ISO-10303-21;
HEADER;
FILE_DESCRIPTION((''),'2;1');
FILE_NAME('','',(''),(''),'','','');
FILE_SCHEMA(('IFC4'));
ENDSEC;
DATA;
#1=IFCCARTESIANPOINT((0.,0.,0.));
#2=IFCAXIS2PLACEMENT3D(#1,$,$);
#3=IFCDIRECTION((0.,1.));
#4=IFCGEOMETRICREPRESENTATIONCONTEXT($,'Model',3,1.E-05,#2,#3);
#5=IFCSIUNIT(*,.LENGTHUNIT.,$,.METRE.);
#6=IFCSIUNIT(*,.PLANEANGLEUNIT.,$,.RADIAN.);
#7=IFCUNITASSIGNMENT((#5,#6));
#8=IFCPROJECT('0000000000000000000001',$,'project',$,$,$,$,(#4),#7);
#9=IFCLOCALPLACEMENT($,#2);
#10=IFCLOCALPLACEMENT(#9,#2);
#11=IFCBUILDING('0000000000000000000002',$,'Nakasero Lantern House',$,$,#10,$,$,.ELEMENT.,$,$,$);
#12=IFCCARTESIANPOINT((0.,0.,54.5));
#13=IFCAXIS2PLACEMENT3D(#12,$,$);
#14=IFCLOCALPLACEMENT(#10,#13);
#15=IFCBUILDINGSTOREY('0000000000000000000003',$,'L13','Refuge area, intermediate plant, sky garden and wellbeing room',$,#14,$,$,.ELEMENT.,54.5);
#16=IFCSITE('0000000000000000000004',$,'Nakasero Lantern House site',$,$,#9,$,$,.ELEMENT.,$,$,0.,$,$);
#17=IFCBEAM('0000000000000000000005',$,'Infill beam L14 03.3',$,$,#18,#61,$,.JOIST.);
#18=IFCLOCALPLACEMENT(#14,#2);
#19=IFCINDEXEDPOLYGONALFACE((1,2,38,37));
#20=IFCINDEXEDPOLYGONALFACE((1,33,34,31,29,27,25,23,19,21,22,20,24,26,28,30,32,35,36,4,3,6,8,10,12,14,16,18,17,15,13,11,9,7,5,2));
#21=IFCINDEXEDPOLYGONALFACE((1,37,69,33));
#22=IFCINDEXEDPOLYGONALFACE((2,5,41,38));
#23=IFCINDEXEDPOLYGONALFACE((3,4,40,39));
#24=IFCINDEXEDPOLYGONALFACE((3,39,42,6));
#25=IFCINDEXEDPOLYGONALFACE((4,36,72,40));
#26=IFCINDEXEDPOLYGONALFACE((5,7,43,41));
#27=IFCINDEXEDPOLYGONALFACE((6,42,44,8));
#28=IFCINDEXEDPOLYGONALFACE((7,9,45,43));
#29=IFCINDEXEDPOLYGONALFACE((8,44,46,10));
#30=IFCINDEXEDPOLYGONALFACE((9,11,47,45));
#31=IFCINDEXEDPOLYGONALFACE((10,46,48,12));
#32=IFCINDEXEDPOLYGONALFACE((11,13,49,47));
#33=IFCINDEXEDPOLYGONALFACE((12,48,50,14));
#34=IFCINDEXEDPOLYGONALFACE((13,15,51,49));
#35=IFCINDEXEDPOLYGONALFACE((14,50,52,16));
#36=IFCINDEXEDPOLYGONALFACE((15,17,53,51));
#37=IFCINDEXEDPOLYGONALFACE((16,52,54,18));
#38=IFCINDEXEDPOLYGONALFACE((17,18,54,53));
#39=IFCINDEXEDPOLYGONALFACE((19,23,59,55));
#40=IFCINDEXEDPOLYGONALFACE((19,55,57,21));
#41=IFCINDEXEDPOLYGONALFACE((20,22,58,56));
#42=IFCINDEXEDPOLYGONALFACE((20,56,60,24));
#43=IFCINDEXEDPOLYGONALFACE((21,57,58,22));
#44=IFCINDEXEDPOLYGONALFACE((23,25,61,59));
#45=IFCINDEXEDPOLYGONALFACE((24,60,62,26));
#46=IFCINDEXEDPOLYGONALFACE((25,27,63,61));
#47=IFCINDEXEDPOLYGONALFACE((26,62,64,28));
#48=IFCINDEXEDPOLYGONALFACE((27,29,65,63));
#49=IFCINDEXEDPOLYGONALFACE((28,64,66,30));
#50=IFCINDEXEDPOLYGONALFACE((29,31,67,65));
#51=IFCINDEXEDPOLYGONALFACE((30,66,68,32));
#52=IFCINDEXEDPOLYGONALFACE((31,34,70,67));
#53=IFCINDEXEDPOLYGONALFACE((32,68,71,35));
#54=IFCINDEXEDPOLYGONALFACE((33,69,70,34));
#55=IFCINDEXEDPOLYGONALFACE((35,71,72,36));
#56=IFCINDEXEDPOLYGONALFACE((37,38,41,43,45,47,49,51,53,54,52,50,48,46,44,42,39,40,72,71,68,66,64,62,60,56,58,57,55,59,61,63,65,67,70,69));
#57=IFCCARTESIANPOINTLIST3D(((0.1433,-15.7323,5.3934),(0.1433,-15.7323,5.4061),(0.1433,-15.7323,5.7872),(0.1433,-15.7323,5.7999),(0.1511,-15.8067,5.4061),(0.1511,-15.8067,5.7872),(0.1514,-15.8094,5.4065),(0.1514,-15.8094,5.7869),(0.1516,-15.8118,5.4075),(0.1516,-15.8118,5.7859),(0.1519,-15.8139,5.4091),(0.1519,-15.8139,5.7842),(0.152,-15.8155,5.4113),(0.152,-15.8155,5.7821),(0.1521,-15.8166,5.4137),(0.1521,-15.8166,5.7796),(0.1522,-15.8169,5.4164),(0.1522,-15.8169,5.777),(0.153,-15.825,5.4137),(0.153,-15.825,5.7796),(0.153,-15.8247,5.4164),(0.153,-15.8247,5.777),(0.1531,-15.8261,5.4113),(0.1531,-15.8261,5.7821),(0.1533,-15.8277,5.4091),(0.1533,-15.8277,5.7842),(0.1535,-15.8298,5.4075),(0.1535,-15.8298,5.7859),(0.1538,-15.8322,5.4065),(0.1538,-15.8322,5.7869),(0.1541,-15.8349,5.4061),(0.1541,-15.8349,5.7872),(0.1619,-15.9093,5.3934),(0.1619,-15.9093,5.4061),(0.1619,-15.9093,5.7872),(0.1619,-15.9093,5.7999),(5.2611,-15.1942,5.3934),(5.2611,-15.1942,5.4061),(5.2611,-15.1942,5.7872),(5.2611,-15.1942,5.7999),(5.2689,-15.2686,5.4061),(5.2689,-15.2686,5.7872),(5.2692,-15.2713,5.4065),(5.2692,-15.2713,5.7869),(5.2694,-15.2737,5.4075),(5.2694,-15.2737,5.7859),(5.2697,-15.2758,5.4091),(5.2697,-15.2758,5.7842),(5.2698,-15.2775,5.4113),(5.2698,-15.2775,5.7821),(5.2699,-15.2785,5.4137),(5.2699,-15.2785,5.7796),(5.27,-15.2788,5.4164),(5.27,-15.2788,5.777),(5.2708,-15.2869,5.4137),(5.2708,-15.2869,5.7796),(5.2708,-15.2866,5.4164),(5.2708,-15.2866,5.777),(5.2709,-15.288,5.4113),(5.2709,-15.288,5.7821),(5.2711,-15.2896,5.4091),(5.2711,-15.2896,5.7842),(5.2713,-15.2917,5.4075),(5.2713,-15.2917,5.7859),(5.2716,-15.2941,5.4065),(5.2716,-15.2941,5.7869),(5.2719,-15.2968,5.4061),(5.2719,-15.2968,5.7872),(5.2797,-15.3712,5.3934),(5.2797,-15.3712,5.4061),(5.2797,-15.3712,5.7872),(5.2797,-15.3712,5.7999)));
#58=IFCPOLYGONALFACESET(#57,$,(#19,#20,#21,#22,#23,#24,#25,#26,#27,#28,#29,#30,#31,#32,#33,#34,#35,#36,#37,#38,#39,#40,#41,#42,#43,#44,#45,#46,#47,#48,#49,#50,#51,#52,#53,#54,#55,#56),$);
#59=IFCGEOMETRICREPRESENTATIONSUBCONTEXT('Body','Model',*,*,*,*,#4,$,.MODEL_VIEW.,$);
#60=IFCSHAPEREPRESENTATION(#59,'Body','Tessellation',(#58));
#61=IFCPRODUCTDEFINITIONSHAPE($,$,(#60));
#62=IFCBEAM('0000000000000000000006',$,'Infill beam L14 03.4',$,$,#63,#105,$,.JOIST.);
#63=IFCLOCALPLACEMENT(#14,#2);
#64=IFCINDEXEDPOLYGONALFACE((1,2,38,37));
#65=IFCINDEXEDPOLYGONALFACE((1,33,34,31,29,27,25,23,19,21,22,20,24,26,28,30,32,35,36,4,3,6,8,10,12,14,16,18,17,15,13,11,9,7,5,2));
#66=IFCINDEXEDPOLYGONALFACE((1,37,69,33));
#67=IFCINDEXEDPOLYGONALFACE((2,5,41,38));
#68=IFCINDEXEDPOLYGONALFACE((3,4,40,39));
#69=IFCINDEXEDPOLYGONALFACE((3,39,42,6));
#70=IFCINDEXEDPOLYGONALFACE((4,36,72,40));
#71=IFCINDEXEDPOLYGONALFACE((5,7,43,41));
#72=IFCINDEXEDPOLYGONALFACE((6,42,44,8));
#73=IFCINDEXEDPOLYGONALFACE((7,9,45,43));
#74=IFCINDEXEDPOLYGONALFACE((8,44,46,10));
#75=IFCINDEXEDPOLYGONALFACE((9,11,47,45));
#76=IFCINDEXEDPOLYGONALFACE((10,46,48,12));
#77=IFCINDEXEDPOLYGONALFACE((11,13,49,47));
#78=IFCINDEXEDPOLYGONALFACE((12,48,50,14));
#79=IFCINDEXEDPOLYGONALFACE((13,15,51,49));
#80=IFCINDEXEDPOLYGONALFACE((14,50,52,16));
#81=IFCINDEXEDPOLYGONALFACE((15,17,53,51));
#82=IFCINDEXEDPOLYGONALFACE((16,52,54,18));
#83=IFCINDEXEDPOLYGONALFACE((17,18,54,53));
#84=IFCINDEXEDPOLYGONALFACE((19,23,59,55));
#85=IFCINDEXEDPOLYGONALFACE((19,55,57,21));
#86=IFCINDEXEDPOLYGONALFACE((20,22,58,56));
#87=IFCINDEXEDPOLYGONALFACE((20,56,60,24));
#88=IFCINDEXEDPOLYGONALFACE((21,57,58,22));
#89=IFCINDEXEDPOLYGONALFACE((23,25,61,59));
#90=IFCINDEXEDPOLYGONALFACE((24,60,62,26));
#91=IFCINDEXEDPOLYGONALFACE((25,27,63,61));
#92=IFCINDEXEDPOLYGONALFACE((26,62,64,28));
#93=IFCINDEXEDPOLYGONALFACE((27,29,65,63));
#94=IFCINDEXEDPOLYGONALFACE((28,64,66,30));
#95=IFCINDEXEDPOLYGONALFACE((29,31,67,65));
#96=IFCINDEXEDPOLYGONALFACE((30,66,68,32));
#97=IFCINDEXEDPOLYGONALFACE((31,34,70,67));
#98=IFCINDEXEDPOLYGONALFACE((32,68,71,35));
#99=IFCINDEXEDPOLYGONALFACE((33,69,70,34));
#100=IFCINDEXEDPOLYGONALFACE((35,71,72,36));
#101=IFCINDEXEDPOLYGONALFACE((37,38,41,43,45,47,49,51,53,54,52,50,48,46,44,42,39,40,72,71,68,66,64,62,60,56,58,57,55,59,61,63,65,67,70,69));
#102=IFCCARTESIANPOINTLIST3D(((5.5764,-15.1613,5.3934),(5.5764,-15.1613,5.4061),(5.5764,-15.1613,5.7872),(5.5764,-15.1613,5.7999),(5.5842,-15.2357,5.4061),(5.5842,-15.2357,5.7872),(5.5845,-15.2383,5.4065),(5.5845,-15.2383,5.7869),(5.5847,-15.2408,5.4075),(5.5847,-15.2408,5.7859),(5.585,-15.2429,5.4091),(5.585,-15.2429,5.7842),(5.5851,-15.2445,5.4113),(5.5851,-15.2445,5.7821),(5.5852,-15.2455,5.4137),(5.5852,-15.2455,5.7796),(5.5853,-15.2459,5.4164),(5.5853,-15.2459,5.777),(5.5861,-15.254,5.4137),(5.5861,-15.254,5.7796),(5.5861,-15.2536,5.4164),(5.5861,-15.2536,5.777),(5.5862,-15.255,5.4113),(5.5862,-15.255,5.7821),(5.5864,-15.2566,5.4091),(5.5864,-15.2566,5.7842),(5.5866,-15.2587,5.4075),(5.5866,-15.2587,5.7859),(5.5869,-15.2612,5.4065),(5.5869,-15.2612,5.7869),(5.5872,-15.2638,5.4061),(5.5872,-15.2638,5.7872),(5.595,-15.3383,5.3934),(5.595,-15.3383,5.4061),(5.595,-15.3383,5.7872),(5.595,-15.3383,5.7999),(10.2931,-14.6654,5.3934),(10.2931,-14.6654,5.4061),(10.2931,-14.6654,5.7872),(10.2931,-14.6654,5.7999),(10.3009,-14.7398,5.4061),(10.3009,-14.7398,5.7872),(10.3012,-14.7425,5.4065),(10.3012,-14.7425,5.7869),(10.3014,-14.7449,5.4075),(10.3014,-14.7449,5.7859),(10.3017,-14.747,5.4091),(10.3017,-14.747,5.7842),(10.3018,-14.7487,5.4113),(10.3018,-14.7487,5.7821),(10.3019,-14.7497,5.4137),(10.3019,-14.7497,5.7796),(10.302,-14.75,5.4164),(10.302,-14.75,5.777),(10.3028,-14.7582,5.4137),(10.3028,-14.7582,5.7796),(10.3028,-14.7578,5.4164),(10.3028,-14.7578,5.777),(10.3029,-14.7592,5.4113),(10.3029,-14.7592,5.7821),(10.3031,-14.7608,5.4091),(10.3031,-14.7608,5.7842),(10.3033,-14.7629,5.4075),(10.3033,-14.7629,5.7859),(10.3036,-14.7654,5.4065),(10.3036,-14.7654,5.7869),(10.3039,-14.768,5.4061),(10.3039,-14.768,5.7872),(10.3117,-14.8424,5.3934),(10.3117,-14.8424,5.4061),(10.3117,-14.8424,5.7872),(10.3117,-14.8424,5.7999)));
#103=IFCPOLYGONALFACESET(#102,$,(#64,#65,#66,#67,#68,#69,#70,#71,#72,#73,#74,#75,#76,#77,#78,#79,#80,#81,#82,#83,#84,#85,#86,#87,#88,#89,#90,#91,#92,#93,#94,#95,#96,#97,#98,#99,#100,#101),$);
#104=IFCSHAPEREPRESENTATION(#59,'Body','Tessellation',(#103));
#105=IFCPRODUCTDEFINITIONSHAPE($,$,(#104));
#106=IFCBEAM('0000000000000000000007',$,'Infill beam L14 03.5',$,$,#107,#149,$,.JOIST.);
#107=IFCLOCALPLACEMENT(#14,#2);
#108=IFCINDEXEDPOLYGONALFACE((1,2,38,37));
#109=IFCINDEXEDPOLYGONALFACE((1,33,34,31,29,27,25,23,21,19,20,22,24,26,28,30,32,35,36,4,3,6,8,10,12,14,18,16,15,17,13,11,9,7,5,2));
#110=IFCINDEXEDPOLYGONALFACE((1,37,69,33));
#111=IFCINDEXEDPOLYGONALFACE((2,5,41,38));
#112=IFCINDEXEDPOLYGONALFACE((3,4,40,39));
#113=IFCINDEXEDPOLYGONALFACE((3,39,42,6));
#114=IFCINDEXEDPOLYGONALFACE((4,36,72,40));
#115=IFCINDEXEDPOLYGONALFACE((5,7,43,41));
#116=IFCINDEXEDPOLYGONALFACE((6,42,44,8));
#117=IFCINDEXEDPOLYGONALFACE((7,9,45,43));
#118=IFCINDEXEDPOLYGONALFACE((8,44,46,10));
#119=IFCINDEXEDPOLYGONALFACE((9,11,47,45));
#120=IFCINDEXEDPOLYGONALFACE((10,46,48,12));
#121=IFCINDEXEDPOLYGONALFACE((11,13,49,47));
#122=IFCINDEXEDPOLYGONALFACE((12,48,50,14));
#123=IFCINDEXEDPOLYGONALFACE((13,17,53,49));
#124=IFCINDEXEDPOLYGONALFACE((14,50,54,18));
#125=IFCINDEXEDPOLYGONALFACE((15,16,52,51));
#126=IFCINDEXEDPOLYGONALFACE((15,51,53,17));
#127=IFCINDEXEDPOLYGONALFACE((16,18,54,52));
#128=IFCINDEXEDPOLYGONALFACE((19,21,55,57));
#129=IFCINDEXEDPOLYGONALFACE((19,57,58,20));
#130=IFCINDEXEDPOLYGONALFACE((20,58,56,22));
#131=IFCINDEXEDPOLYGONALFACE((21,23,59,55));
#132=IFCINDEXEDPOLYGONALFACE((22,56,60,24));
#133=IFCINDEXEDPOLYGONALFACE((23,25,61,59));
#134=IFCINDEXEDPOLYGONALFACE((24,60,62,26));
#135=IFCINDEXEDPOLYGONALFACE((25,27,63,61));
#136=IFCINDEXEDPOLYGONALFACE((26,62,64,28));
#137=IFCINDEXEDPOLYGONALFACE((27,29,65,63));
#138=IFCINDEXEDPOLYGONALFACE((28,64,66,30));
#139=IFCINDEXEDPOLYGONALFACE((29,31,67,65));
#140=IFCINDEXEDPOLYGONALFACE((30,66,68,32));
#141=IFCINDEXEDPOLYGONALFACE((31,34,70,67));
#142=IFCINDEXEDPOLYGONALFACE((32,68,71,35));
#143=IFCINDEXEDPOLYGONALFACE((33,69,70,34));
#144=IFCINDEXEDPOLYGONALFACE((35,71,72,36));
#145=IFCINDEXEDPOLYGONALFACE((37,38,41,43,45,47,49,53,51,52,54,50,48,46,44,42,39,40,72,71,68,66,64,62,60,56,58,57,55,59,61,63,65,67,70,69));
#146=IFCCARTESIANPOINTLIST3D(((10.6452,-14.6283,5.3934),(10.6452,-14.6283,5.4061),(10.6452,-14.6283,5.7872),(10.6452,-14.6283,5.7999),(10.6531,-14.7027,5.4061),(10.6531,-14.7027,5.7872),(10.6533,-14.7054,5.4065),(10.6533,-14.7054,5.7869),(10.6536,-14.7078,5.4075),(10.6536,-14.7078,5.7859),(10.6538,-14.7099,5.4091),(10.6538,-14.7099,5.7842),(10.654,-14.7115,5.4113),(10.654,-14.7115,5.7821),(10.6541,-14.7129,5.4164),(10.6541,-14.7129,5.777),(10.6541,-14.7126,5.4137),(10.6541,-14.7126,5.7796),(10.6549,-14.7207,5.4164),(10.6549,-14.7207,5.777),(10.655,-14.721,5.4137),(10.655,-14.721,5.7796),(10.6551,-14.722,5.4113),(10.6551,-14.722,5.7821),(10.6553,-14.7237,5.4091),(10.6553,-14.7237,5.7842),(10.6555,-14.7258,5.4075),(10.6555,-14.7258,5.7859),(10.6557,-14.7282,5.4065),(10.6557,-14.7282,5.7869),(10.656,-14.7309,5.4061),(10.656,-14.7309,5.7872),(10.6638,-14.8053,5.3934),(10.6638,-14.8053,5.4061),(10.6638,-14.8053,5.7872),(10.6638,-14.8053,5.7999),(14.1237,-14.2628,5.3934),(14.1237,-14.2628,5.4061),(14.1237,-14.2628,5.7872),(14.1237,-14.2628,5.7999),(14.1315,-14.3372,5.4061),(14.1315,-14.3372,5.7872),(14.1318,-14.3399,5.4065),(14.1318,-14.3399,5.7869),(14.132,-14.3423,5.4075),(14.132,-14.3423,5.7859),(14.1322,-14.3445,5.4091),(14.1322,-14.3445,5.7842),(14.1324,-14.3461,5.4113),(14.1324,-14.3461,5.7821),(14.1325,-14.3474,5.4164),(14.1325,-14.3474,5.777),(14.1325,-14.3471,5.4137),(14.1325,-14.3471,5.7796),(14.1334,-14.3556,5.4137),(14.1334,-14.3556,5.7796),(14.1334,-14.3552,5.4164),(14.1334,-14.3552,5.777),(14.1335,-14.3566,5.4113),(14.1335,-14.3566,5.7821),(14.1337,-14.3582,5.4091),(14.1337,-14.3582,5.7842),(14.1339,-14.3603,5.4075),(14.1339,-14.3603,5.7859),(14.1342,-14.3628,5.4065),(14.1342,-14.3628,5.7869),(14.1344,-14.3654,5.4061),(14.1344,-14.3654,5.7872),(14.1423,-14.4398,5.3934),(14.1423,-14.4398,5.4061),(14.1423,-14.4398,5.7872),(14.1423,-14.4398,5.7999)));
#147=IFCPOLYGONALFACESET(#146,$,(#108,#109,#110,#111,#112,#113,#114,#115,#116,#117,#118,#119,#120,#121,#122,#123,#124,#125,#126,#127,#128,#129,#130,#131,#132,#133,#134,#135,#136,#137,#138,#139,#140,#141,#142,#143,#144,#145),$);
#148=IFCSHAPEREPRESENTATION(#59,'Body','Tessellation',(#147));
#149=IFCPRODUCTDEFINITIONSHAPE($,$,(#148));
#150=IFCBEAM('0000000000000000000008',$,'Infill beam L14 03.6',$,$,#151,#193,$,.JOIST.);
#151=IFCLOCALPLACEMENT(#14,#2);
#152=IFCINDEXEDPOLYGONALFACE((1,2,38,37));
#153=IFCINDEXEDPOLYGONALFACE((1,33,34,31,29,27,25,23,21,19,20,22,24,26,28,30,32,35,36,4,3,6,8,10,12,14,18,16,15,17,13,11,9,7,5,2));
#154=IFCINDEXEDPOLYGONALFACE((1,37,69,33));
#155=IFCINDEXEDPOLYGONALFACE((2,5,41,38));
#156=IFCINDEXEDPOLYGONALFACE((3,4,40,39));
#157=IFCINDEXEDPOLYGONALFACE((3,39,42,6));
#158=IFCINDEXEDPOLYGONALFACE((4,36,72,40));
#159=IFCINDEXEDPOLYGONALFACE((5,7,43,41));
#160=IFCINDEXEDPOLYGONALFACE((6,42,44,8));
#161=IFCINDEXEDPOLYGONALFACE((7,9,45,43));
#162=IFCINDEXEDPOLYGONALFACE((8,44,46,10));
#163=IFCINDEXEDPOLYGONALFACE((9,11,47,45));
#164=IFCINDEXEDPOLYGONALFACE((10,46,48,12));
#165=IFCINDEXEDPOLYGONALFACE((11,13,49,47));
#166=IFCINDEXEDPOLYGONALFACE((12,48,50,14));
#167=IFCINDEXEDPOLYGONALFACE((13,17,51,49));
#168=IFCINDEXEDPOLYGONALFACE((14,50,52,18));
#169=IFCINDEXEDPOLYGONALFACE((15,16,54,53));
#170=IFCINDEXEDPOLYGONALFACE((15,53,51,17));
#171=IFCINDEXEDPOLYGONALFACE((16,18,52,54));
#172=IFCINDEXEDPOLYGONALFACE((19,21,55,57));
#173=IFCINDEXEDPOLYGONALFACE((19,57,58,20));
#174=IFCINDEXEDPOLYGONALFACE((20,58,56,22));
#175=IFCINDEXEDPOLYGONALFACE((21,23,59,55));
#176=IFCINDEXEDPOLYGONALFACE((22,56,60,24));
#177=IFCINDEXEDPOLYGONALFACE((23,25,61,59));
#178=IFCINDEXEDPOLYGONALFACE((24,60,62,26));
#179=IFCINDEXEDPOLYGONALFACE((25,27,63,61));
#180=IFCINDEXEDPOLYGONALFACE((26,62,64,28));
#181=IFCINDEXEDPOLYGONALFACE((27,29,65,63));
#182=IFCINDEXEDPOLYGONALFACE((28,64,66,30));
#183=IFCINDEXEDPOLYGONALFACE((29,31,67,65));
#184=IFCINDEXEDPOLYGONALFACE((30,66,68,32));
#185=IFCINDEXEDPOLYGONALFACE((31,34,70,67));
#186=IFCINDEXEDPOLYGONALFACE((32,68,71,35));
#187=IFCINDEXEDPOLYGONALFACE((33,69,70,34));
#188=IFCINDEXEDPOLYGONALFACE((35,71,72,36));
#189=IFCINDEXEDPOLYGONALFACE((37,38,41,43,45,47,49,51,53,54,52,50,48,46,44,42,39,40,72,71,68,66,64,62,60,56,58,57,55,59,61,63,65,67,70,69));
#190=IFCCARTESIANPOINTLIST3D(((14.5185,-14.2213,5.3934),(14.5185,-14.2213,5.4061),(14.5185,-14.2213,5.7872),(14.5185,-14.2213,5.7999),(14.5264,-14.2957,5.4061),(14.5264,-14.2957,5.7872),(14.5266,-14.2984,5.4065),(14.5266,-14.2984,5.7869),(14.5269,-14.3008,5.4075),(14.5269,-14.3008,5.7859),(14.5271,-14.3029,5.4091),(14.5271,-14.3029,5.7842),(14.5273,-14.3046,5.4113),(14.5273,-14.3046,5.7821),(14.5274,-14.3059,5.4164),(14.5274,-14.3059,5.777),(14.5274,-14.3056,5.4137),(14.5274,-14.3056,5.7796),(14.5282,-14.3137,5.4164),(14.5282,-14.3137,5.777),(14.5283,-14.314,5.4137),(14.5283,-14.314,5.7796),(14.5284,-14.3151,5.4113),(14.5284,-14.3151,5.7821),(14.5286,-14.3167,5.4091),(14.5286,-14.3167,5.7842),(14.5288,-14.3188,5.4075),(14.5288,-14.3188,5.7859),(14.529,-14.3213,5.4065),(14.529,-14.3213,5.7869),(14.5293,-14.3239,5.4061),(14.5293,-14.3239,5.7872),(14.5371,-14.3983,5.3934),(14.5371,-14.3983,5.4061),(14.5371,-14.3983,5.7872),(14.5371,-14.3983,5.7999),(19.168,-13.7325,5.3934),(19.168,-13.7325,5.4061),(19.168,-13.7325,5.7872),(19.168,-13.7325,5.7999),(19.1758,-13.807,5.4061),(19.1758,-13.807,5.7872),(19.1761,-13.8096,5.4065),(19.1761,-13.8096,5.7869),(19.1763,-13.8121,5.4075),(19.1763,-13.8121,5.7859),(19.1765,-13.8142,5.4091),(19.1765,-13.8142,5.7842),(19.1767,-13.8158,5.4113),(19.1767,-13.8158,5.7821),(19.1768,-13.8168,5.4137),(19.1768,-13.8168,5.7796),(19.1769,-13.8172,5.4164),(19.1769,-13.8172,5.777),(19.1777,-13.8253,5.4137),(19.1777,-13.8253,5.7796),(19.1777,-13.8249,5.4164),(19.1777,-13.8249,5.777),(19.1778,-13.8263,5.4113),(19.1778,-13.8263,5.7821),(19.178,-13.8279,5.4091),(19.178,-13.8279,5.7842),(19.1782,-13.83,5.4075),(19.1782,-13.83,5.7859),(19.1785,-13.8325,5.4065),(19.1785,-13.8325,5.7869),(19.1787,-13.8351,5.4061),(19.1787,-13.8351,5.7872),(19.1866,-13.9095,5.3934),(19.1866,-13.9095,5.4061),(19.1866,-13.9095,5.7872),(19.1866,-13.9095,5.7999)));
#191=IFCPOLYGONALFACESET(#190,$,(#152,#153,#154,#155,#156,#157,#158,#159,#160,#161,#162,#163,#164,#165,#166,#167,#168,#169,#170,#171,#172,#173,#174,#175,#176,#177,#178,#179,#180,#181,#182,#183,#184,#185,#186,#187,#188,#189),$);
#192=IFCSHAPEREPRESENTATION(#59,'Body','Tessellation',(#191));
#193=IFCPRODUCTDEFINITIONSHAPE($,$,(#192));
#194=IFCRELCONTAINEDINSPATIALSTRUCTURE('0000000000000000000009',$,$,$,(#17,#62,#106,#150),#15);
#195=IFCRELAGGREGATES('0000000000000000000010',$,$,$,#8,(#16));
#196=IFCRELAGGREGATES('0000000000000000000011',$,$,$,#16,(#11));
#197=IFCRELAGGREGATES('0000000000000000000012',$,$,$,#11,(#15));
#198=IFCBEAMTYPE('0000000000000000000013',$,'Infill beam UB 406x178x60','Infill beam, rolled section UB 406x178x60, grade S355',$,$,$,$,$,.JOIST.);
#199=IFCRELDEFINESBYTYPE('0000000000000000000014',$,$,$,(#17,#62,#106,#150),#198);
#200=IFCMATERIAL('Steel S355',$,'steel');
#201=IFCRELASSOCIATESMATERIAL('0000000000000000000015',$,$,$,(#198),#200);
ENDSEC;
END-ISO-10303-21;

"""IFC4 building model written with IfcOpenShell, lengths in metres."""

from ifc_helpers import new_model, si_unit, direction, frame, origin, origin_2d, place, context, subcontext, project, spatial, i_section, extrude, material, material_profile, profile_set, type_object, element, save


model = new_model("IFC4")

# Units and contexts
model_context = context("Model", 3, precision=1e-05, world=origin(), true_north=direction((0.0, 1.0)))
body_context = subcontext(model_context, "Body", "Model", "MODEL_VIEW")
ifc_project = project(units=[si_unit("LENGTHUNIT", "METRE"), si_unit("PLANEANGLEUNIT", "RADIAN")], contexts=[model_context])

# Site, building, storey
site_placement = place(None, origin())
site = spatial("IfcSite", under=ifc_project, at=site_placement, Name="Nakasero Lantern House site", CompositionType="ELEMENT", RefElevation=0.0)
building_placement = place(site_placement, origin())
building = spatial("IfcBuilding", under=site, at=building_placement, Name="Nakasero Lantern House", CompositionType="ELEMENT")
storey_placement = place(building_placement, frame((0.0, 0.0, 54.5)))
storey = spatial("IfcBuildingStorey", under=building, at=storey_placement, Name="L13", Description="Refuge area, intermediate plant, sky garden and wellbeing room", CompositionType="ELEMENT", Elevation=54.5)

# Beams
ifc_material_1 = material(Name="Steel S355", Category="steel")
ifc_material_profile_1 = material_profile(ifc_material_1, i_section(OverallWidth=0.178, OverallDepth=0.4065, WebThickness=0.0078, FlangeThickness=0.0127, FilletRadius=0.0103, at=origin_2d()), Name="UB 406x178x60")
ifc_profile_set_1 = profile_set([ifc_material_profile_1], Name="Steel S355")
beam_type_1 = type_object("IfcBeamType", Name="Infill beam UB 406x178x60", Description="Infill beam, rolled section UB 406x178x60, grade S355", PredefinedType="JOIST", material=ifc_profile_set_1)
beam_1_placement = place(storey_placement, frame((0.1526, -15.8208, 5.5967), z_axis=(0.994518, 0.104566, 0.0), x_axis=(-0.104566, 0.994518, 0.0)))
element("IfcBeam", 1, at=beam_1_placement, inside=storey, type_object=beam_type_1, Name="Infill beam L14 03.3", PredefinedType="JOIST", context=body_context, shape_type="SweptSolid", body=[
    extrude(i_section(OverallWidth=0.178, OverallDepth=0.4065, WebThickness=0.0078, FlangeThickness=0.0127, FilletRadius=0.0103, at=origin_2d()), origin(), (0.0, 0.0, 1.0), 5.146),
])
beam_2_placement = place(storey_placement, frame((5.5857, -15.2498, 5.5967), z_axis=(0.99452, 0.104548, 0.0), x_axis=(-0.104548, 0.99452, 0.0)))
element("IfcBeam", 2, at=beam_2_placement, inside=storey, type_object=beam_type_1, Name="Infill beam L14 03.4", PredefinedType="JOIST", context=body_context, shape_type="SweptSolid", body=[
    extrude(i_section(OverallWidth=0.178, OverallDepth=0.4065, WebThickness=0.0078, FlangeThickness=0.0127, FilletRadius=0.0103, at=origin_2d()), origin(), (0.0, 0.0, 1.0), 4.7427),
])
beam_3_placement = place(storey_placement, frame((10.6545, -14.7168, 5.5967), z_axis=(0.994526, 0.104492, 0.0), x_axis=(-0.104492, 0.994526, 0.0)))
element("IfcBeam", 3, at=beam_3_placement, inside=storey, type_object=beam_type_1, Name="Infill beam L14 03.5", PredefinedType="JOIST", context=body_context, shape_type="SweptSolid", body=[
    extrude(i_section(OverallWidth=0.178, OverallDepth=0.4065, WebThickness=0.0078, FlangeThickness=0.0127, FilletRadius=0.0103, at=origin_2d()), origin(), (0.0, 0.0, 1.0), 3.4976),
])
beam_4_placement = place(storey_placement, frame((14.5278, -14.3098, 5.5967), z_axis=(0.99452, 0.104549, 0.0), x_axis=(-0.104549, 0.99452, 0.0)))
element("IfcBeam", 4, at=beam_4_placement, inside=storey, type_object=beam_type_1, Name="Infill beam L14 03.6", PredefinedType="JOIST", context=body_context, shape_type="SweptSolid", body=[
    extrude(i_section(OverallWidth=0.178, OverallDepth=0.4065, WebThickness=0.0078, FlangeThickness=0.0127, FilletRadius=0.0103, at=origin_2d()), origin(), (0.0, 0.0, 1.0), 4.675),
])

save(model, "model.ifc")
